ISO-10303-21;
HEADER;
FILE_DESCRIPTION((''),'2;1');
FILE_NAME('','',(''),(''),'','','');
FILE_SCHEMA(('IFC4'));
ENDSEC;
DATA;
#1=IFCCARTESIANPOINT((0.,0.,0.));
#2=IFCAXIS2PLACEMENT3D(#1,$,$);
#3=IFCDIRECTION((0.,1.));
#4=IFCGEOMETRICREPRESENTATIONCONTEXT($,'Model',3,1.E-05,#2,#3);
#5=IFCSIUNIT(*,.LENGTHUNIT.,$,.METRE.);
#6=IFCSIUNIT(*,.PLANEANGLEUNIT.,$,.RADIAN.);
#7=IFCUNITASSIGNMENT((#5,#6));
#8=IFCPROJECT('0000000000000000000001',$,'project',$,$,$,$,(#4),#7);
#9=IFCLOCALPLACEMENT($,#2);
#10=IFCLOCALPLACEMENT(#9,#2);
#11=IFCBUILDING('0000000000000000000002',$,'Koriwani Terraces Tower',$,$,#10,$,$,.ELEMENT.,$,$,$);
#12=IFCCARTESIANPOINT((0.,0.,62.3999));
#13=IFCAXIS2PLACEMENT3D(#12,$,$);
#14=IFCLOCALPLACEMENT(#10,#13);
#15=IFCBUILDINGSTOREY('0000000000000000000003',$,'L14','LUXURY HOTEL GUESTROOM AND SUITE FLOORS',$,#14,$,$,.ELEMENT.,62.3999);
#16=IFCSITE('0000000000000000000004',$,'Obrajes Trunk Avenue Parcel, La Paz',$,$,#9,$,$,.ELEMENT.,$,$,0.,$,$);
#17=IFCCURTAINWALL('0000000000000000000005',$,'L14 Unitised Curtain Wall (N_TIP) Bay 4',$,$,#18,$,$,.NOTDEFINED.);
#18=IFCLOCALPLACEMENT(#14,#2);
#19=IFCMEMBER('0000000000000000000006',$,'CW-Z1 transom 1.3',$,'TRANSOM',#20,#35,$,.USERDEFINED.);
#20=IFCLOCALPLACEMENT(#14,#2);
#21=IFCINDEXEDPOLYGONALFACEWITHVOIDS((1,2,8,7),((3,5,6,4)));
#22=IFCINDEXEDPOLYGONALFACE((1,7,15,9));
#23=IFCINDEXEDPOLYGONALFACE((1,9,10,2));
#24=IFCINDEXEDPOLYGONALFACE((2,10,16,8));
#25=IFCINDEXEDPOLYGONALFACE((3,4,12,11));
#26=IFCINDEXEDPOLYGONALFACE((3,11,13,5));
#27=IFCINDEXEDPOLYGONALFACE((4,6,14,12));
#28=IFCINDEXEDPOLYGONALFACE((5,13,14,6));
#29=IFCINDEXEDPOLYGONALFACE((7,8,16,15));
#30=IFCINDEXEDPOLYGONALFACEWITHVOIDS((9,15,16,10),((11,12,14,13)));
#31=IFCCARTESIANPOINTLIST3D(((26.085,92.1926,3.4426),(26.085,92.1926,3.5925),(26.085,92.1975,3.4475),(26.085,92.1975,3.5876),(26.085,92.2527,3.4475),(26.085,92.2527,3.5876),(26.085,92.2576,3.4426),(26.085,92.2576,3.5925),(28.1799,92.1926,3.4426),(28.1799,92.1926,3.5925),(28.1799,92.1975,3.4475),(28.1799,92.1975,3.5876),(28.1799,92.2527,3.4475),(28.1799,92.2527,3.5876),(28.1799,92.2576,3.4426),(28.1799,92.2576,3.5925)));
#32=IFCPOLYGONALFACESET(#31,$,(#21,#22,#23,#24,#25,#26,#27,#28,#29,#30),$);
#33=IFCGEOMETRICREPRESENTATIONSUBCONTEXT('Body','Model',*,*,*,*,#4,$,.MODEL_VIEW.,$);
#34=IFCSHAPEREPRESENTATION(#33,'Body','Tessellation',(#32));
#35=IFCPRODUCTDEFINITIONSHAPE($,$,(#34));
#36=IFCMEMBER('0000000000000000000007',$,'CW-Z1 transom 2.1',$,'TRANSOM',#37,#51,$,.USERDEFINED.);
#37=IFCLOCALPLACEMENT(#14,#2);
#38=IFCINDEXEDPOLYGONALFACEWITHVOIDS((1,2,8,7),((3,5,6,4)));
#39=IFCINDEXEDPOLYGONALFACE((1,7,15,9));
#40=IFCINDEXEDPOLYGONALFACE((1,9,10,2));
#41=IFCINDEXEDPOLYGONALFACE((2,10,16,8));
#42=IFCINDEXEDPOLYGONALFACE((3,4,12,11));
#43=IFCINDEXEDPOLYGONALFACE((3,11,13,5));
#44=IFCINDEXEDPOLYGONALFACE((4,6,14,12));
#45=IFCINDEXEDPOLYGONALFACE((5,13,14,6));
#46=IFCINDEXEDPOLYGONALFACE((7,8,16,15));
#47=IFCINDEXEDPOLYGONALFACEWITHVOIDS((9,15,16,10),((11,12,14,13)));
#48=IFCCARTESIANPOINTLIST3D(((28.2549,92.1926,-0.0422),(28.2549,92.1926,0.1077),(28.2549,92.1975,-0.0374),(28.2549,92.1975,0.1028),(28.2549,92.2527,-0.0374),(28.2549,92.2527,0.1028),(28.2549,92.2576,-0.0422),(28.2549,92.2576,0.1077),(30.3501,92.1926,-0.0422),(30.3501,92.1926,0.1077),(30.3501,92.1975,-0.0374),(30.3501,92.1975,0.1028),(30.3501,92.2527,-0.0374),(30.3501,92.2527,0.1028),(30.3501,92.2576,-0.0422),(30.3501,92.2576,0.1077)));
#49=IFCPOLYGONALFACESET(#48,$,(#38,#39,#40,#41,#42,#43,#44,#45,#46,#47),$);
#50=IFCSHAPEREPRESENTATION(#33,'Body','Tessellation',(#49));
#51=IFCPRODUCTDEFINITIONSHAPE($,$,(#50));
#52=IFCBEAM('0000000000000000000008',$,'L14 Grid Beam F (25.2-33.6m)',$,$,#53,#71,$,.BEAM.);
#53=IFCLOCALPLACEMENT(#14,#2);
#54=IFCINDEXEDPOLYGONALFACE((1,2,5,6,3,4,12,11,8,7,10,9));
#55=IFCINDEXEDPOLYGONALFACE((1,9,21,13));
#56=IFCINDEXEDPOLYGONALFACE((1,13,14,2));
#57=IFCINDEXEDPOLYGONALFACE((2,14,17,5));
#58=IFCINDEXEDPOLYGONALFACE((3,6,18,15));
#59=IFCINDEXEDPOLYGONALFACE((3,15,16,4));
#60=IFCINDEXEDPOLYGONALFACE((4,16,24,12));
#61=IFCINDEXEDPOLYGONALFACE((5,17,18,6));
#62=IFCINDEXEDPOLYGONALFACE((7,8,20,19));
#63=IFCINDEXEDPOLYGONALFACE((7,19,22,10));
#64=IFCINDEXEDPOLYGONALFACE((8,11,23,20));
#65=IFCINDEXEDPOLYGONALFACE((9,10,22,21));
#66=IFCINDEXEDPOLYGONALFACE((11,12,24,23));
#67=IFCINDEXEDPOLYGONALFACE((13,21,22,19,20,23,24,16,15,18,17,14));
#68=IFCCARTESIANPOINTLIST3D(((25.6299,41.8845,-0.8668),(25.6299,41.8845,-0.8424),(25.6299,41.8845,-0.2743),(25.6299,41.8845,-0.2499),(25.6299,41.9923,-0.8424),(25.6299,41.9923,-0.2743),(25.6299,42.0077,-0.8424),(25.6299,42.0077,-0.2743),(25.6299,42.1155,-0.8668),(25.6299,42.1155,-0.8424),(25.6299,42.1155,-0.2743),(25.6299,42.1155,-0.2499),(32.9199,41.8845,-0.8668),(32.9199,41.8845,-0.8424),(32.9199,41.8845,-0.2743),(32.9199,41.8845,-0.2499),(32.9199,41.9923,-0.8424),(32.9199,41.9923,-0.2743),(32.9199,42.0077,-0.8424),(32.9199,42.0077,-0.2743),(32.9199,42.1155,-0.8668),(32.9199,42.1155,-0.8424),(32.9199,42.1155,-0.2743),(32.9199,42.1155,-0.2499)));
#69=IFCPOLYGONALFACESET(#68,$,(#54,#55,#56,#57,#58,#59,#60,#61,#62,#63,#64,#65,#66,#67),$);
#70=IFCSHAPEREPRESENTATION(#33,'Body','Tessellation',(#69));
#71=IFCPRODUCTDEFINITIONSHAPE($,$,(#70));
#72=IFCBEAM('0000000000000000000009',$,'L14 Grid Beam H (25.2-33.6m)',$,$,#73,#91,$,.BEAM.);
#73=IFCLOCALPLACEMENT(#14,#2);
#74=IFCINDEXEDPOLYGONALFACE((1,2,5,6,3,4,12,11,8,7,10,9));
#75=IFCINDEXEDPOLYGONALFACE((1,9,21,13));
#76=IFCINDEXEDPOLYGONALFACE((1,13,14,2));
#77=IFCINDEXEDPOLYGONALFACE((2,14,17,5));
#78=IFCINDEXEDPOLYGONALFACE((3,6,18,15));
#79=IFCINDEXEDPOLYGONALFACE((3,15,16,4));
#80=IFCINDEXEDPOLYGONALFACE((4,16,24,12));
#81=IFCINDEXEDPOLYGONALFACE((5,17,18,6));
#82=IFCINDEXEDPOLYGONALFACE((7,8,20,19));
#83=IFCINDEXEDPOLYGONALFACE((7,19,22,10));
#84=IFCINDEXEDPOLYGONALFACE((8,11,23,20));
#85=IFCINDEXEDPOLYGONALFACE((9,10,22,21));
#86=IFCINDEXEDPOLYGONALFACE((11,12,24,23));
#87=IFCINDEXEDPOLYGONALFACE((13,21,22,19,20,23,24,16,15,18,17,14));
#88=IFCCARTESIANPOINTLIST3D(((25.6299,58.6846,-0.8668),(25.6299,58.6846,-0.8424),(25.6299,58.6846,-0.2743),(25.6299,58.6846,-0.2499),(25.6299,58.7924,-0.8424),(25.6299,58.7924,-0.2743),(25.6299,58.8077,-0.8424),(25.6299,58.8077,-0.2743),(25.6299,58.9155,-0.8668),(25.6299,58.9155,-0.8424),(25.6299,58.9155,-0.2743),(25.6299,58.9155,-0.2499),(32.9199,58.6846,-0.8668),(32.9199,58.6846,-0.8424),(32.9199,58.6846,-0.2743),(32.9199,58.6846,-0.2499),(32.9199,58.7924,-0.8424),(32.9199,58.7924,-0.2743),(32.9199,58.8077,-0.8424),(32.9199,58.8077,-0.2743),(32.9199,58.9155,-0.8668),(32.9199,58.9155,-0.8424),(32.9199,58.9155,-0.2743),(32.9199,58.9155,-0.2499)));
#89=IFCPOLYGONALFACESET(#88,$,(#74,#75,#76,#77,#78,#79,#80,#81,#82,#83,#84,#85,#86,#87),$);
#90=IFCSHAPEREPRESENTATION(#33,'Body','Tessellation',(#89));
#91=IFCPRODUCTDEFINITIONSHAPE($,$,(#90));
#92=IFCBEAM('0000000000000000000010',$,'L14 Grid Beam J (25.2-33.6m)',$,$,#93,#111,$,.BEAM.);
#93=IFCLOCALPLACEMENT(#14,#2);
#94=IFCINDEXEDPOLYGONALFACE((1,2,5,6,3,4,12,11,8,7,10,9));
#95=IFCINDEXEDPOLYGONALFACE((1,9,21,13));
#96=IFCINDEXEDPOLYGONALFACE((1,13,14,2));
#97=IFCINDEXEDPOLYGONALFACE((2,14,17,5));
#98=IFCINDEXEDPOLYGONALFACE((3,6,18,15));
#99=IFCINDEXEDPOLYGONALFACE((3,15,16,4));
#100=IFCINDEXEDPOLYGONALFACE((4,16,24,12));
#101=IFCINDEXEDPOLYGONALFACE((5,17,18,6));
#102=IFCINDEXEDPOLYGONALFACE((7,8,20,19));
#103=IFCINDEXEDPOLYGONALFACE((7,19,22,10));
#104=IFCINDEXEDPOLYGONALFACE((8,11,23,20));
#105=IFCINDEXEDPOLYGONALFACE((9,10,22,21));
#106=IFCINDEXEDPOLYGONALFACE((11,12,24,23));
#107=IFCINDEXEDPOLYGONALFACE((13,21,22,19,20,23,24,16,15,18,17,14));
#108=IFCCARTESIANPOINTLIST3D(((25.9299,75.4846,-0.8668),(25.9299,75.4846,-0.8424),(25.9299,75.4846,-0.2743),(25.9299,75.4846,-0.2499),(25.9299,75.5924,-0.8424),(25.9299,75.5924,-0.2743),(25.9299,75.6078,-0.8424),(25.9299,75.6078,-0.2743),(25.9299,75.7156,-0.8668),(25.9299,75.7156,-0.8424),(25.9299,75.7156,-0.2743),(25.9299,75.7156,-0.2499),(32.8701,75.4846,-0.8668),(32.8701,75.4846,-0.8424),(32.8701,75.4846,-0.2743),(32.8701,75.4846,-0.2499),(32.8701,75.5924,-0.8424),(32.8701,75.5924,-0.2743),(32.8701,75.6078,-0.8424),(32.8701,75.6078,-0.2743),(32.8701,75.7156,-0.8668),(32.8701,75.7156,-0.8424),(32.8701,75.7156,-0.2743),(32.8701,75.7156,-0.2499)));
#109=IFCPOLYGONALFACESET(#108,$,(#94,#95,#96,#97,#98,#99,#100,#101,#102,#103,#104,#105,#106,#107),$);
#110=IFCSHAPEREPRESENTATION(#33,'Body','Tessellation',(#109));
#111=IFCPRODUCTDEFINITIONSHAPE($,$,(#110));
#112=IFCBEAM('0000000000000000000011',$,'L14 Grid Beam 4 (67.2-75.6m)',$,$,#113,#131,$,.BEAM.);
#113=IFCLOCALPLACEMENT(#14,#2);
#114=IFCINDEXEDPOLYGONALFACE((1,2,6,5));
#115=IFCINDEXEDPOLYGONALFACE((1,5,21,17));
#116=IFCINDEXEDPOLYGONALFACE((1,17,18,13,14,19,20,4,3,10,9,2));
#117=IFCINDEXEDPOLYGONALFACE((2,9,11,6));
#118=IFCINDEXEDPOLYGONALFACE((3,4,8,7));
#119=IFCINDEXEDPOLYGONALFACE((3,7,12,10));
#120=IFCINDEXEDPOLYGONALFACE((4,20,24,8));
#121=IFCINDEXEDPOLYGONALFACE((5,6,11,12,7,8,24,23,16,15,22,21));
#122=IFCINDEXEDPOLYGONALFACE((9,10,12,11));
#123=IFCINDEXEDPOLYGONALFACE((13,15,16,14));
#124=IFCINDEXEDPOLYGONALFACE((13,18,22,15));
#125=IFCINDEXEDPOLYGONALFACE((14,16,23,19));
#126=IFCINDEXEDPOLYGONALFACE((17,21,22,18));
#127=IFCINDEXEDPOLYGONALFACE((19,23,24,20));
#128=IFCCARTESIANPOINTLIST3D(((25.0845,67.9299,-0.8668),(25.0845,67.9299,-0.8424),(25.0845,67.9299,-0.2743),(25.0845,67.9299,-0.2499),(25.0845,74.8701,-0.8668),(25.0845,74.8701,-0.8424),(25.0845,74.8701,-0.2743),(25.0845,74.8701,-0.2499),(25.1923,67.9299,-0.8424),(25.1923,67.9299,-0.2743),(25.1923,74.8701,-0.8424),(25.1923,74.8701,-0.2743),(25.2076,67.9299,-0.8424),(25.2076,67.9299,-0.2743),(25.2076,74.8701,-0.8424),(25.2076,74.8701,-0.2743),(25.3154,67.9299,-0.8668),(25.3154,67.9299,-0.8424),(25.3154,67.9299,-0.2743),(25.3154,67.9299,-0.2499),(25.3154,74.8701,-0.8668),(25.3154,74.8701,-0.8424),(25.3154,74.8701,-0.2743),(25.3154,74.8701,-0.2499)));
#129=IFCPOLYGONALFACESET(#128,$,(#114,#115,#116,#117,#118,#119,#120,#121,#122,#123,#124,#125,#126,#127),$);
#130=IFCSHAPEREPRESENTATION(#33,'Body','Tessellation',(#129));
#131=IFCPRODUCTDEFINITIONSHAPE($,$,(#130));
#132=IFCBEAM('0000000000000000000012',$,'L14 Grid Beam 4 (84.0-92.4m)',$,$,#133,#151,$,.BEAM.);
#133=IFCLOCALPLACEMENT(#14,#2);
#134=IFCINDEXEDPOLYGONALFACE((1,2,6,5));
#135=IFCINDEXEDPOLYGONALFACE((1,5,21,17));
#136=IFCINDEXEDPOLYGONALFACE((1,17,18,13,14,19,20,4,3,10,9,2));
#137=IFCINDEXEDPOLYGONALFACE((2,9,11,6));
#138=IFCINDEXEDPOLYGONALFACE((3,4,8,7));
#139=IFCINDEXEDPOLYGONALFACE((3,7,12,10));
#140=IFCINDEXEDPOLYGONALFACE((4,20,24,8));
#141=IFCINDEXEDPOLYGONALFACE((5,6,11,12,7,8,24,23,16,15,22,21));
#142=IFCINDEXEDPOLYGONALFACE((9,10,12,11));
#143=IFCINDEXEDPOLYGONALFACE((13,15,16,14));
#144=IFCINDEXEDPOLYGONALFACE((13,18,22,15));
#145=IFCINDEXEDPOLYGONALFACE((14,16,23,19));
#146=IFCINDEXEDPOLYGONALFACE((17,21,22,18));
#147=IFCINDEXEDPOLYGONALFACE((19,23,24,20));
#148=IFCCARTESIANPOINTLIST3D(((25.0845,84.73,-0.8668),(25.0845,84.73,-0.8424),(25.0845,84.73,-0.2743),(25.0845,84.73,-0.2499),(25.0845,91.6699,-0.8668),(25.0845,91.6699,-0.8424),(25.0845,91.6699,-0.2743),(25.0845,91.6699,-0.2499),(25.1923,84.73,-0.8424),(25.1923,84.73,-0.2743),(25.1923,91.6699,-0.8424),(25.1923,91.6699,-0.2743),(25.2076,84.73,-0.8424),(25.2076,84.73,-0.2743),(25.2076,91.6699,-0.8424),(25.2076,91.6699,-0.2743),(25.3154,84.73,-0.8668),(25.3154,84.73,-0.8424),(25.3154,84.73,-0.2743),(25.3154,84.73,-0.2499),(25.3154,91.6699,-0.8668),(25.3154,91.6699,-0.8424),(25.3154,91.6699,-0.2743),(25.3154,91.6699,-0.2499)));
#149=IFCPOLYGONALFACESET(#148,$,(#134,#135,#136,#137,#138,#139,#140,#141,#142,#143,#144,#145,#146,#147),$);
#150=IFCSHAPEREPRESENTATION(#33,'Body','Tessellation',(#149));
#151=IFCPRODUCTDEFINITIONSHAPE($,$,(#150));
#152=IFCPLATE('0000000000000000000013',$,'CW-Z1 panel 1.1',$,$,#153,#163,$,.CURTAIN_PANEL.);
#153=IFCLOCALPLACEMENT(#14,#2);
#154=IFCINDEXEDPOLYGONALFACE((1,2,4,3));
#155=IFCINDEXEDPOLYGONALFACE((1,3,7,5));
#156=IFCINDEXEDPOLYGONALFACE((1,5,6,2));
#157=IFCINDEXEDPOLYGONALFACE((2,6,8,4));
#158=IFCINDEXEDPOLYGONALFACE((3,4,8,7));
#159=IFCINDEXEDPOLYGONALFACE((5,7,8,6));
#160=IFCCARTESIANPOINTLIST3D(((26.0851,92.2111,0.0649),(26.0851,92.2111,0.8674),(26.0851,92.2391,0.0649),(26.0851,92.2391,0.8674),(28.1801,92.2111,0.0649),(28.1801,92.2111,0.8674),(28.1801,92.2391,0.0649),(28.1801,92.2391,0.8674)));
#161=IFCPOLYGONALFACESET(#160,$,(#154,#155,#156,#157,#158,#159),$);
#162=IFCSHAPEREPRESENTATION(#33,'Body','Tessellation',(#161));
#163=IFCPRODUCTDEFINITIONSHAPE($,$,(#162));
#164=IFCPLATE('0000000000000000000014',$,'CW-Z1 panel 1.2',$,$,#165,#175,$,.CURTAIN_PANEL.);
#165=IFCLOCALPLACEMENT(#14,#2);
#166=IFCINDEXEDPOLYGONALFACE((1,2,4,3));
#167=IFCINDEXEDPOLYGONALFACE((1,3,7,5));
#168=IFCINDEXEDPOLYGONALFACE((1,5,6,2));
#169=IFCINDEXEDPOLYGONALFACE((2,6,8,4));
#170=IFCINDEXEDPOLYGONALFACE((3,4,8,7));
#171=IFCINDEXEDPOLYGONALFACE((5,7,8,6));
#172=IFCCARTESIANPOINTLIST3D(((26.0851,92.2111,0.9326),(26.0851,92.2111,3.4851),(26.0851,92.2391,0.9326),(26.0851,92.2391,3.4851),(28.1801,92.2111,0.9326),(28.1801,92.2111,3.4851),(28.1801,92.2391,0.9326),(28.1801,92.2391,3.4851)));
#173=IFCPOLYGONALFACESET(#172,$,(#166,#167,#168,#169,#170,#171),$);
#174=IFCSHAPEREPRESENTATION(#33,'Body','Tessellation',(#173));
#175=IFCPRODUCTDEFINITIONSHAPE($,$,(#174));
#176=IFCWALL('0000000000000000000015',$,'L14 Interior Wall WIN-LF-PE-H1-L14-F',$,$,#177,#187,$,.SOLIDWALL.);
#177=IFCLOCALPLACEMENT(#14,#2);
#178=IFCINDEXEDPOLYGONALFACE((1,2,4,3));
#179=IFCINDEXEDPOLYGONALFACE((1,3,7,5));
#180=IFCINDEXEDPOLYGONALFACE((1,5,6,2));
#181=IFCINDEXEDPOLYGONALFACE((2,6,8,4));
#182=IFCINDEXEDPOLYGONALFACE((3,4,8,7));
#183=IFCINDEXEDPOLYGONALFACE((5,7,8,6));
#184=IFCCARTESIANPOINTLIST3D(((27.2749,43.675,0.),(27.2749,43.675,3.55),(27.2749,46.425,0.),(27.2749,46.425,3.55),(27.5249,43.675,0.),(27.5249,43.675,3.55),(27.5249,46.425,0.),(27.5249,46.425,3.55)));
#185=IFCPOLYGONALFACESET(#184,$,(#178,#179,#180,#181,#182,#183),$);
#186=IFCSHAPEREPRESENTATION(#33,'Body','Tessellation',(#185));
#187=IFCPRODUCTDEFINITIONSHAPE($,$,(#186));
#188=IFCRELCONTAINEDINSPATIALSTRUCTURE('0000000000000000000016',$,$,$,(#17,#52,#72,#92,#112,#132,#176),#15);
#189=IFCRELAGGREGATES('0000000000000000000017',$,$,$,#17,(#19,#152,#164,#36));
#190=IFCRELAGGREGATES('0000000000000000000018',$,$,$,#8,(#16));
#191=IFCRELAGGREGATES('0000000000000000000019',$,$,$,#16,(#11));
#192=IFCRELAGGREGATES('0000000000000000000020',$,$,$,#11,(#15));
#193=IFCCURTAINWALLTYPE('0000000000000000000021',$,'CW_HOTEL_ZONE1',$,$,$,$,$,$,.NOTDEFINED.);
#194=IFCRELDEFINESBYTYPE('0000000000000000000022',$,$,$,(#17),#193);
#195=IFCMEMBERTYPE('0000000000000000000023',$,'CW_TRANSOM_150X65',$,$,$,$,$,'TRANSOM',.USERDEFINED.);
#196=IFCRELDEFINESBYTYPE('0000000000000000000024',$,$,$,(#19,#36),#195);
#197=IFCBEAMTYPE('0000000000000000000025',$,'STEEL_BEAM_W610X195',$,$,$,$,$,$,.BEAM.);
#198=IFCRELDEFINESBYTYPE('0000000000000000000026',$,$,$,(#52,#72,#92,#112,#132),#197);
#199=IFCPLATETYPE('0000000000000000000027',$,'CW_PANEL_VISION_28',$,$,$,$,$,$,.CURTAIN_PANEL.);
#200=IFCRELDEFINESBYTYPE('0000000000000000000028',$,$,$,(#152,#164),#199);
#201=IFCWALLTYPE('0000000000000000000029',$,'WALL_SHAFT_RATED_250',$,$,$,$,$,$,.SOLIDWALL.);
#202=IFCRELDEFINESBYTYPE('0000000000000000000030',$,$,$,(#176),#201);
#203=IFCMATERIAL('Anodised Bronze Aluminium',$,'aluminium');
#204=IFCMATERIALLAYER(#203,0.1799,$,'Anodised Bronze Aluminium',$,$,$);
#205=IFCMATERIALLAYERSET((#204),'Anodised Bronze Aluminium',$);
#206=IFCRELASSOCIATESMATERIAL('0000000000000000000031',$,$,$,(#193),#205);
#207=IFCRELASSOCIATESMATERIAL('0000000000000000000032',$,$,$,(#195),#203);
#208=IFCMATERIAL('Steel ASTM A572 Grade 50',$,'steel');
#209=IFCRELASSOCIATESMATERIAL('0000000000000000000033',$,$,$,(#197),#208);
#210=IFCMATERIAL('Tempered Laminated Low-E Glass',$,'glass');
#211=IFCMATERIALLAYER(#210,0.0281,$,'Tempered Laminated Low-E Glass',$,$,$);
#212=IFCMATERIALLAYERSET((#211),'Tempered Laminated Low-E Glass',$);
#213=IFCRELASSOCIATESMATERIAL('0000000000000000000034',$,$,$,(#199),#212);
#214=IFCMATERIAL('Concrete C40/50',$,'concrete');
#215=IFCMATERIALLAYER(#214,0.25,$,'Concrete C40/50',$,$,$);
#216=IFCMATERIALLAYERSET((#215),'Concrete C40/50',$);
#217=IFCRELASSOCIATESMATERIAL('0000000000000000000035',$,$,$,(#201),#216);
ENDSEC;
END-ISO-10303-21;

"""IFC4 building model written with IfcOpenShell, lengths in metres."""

from ifc_helpers import new_model, si_unit, direction, frame, frame_2d, origin, origin_2d, place, context, subcontext, project, spatial, rectangle, hollow_rectangle, i_section, extrude, material, layer, layer_set, material_profile, profile_set, type_object, element, aggregate, save


model = new_model("IFC4")

# Units and contexts
model_context = context("Model", 3, precision=1e-05, world=origin(), true_north=direction((0.0, 1.0)))
body_context = subcontext(model_context, "Body", "Model", "MODEL_VIEW")
ifc_project = project(units=[si_unit("LENGTHUNIT", "METRE"), si_unit("PLANEANGLEUNIT", "RADIAN")], contexts=[model_context])

# Site, building, storey
site_placement = place(None, origin())
site = spatial("IfcSite", under=ifc_project, at=site_placement, Name="Obrajes Trunk Avenue Parcel, La Paz", CompositionType="ELEMENT", RefElevation=0.0)
building_placement = place(site_placement, origin())
building = spatial("IfcBuilding", under=site, at=building_placement, Name="Koriwani Terraces Tower", CompositionType="ELEMENT")
storey_placement = place(building_placement, frame((0.0, 0.0, 62.3999)))
storey = spatial("IfcBuildingStorey", under=building, at=storey_placement, Name="L14", Description="LUXURY HOTEL GUESTROOM AND SUITE FLOORS", CompositionType="ELEMENT", Elevation=62.3999)

# Curtain wall, members
ifc_material_1 = material(Name="Anodised Bronze Aluminium", Category="aluminium")
ifc_layer_1 = layer(ifc_material_1, 0.1799, Name="Anodised Bronze Aluminium")
ifc_layer_set_1 = layer_set([ifc_layer_1], Name="Anodised Bronze Aluminium")
curtain_wall_type = type_object("IfcCurtainWallType", Name="CW_HOTEL_ZONE1", PredefinedType="NOTDEFINED", material=ifc_layer_set_1)
curtain_wall_placement = place(storey_placement, origin())
curtain_wall = element("IfcCurtainWall", 1, at=curtain_wall_placement, inside=storey, type_object=curtain_wall_type, Name="L14 Unitised Curtain Wall (N_TIP) Bay 4", PredefinedType="NOTDEFINED")
ifc_material_profile_1 = material_profile(ifc_material_1, hollow_rectangle(XDim=0.0649, YDim=0.1499, WallThickness=0.0049, at=origin_2d()), Name="Anodised Bronze Aluminium", Category="LoadBearing")
ifc_profile_set_1 = profile_set([ifc_material_profile_1], Name="Anodised Bronze Aluminium")
member_type_1 = type_object("IfcMemberType", Name="CW_TRANSOM_150X65", ElementType="TRANSOM", PredefinedType="USERDEFINED", material=ifc_profile_set_1)
member_1_placement = place(storey_placement, frame((26.085, 92.2251, 3.5176), z_axis=(1.0, 0.0, 0.0), x_axis=(0.0, 1.0, 0.0)))
member_1 = element("IfcMember", 2, at=member_1_placement, type_object=member_type_1, Name="CW-Z1 transom 1.3", ObjectType="TRANSOM", PredefinedType="USERDEFINED", context=body_context, shape_type="SweptSolid", body=[
    extrude(hollow_rectangle(XDim=0.0649, YDim=0.1499, WallThickness=0.0049, at=origin_2d()), origin(), (0.0, 0.0, 1.0), 2.095),
])
member_2_placement = place(storey_placement, frame((28.2549, 92.2251, 0.0327), z_axis=(1.0, 0.0, 0.0), x_axis=(0.0, 1.0, 0.0)))
member_2 = element("IfcMember", 3, at=member_2_placement, type_object=member_type_1, Name="CW-Z1 transom 2.1", ObjectType="TRANSOM", PredefinedType="USERDEFINED", context=body_context, shape_type="SweptSolid", body=[
    extrude(hollow_rectangle(XDim=0.0649, YDim=0.1499, WallThickness=0.0049, at=origin_2d()), origin(), (0.0, 0.0, 1.0), 2.0952),
])

# Beams
ifc_material_2 = material(Name="Steel ASTM A572 Grade 50", Category="steel")
ifc_material_profile_2 = material_profile(ifc_material_2, i_section(OverallWidth=0.231, OverallDepth=0.6169, WebThickness=0.0154, FlangeThickness=0.0244, at=origin_2d()), Name="Steel ASTM A572 Grade 50", Category="LoadBearing")
ifc_profile_set_2 = profile_set([ifc_material_profile_2], Name="Steel ASTM A572 Grade 50")
beam_type_1 = type_object("IfcBeamType", Name="STEEL_BEAM_W610X195", PredefinedType="BEAM", material=ifc_profile_set_2)
for number, where, z_axis, x_axis, name in (
    (4, (25.6299, 42.0, -0.5583), (1.0, 0.0, 0.0), (0.0, 1.0, 0.0), "L14 Grid Beam F (25.2-33.6m)"),
    (5, (25.6299, 58.8, -0.5583), (1.0, 0.0, 0.0), (0.0, 1.0, 0.0), "L14 Grid Beam H (25.2-33.6m)"),
):
    element("IfcBeam", number, at=place(storey_placement, frame(where, z_axis=z_axis, x_axis=x_axis)), inside=storey, type_object=beam_type_1, Name=name, PredefinedType="BEAM", context=body_context, shape_type="SweptSolid", body=[
        extrude(i_section(OverallWidth=0.231, OverallDepth=0.6169, WebThickness=0.0154, FlangeThickness=0.0244, at=origin_2d()), origin(), (0.0, 0.0, 1.0), 7.29),
    ])
for number, where, z_axis, x_axis, name in (
    (6, (25.9299, 75.6001, -0.5583), (1.0, 0.0, 0.0), (0.0, 1.0, 0.0), "L14 Grid Beam J (25.2-33.6m)"),
    (7, (25.2, 67.9299, -0.5583), (0.0, 1.0, 0.0), (-1.0, 0.0, 0.0), "L14 Grid Beam 4 (67.2-75.6m)"),
):
    element("IfcBeam", number, at=place(storey_placement, frame(where, z_axis=z_axis, x_axis=x_axis)), inside=storey, type_object=beam_type_1, Name=name, PredefinedType="BEAM", context=body_context, shape_type="SweptSolid", body=[
        extrude(i_section(OverallWidth=0.231, OverallDepth=0.6169, WebThickness=0.0154, FlangeThickness=0.0244, at=origin_2d()), origin(), (0.0, 0.0, 1.0), 6.9402),
    ])
beam_1_placement = place(storey_placement, frame((25.2, 84.73, -0.5583), z_axis=(0.0, 1.0, 0.0), x_axis=(-1.0, 0.0, 0.0)))
element("IfcBeam", 8, at=beam_1_placement, inside=storey, type_object=beam_type_1, Name="L14 Grid Beam 4 (84.0-92.4m)", PredefinedType="BEAM", context=body_context, shape_type="SweptSolid", body=[
    extrude(i_section(OverallWidth=0.231, OverallDepth=0.6169, WebThickness=0.0154, FlangeThickness=0.0244, at=origin_2d()), origin(), (0.0, 0.0, 1.0), 6.9399),
])

# Plates
ifc_material_3 = material(Name="Tempered Laminated Low-E Glass", Category="glass")
ifc_layer_2 = layer(ifc_material_3, 0.0281, Name="Tempered Laminated Low-E Glass")
ifc_layer_set_2 = layer_set([ifc_layer_2], Name="Tempered Laminated Low-E Glass")
plate_type = type_object("IfcPlateType", Name="CW_PANEL_VISION_28", PredefinedType="CURTAIN_PANEL", material=ifc_layer_set_2)
plate_1_placement = place(storey_placement, frame((27.1326, 92.2251, 0.0649), z_axis=(0.0, 0.0, 1.0), x_axis=(1.0, 0.0, 0.0)))
plate_1 = element("IfcPlate", 9, at=plate_1_placement, type_object=plate_type, Name="CW-Z1 panel 1.1", PredefinedType="CURTAIN_PANEL", context=body_context, shape_type="SweptSolid", body=[
    extrude(rectangle(XDim=2.095, YDim=0.0281, at=origin_2d()), origin(), (0.0, 0.0, 1.0), 0.8025),
])
plate_2_placement = place(storey_placement, frame((27.1326, 92.2251, 0.9326), z_axis=(0.0, 0.0, 1.0), x_axis=(1.0, 0.0, 0.0)))
plate_2 = element("IfcPlate", 10, at=plate_2_placement, type_object=plate_type, Name="CW-Z1 panel 1.2", PredefinedType="CURTAIN_PANEL", context=body_context, shape_type="SweptSolid", body=[
    extrude(rectangle(XDim=2.095, YDim=0.0281, at=origin_2d()), origin(), (0.0, 0.0, 1.0), 2.5525),
])
aggregate(curtain_wall, [member_1, plate_1, plate_2, member_2])

# Wall
ifc_material_4 = material(Name="Concrete C40/50", Category="concrete")
ifc_layer_3 = layer(ifc_material_4, 0.25, Name="Concrete C40/50")
ifc_layer_set_3 = layer_set([ifc_layer_3], Name="Concrete C40/50")
wall_type_1 = type_object("IfcWallType", Name="WALL_SHAFT_RATED_250", PredefinedType="SOLIDWALL", material=ifc_layer_set_3)
wall_1_placement = place(storey_placement, frame((27.3999, 43.675, 0.0), z_axis=(0.0, 0.0, 1.0), x_axis=(0.0, 1.0, 0.0)))
element("IfcWall", 11, at=wall_1_placement, inside=storey, type_object=wall_type_1, Name="L14 Interior Wall WIN-LF-PE-H1-L14-F", PredefinedType="SOLIDWALL", context=body_context, shape_type="SweptSolid", body=[
    extrude(rectangle(XDim=2.75, YDim=0.25, at=frame_2d((1.375, 0.0))), origin(), (0.0, 0.0, 1.0), 3.55),
])

save(model, "model.ifc")
